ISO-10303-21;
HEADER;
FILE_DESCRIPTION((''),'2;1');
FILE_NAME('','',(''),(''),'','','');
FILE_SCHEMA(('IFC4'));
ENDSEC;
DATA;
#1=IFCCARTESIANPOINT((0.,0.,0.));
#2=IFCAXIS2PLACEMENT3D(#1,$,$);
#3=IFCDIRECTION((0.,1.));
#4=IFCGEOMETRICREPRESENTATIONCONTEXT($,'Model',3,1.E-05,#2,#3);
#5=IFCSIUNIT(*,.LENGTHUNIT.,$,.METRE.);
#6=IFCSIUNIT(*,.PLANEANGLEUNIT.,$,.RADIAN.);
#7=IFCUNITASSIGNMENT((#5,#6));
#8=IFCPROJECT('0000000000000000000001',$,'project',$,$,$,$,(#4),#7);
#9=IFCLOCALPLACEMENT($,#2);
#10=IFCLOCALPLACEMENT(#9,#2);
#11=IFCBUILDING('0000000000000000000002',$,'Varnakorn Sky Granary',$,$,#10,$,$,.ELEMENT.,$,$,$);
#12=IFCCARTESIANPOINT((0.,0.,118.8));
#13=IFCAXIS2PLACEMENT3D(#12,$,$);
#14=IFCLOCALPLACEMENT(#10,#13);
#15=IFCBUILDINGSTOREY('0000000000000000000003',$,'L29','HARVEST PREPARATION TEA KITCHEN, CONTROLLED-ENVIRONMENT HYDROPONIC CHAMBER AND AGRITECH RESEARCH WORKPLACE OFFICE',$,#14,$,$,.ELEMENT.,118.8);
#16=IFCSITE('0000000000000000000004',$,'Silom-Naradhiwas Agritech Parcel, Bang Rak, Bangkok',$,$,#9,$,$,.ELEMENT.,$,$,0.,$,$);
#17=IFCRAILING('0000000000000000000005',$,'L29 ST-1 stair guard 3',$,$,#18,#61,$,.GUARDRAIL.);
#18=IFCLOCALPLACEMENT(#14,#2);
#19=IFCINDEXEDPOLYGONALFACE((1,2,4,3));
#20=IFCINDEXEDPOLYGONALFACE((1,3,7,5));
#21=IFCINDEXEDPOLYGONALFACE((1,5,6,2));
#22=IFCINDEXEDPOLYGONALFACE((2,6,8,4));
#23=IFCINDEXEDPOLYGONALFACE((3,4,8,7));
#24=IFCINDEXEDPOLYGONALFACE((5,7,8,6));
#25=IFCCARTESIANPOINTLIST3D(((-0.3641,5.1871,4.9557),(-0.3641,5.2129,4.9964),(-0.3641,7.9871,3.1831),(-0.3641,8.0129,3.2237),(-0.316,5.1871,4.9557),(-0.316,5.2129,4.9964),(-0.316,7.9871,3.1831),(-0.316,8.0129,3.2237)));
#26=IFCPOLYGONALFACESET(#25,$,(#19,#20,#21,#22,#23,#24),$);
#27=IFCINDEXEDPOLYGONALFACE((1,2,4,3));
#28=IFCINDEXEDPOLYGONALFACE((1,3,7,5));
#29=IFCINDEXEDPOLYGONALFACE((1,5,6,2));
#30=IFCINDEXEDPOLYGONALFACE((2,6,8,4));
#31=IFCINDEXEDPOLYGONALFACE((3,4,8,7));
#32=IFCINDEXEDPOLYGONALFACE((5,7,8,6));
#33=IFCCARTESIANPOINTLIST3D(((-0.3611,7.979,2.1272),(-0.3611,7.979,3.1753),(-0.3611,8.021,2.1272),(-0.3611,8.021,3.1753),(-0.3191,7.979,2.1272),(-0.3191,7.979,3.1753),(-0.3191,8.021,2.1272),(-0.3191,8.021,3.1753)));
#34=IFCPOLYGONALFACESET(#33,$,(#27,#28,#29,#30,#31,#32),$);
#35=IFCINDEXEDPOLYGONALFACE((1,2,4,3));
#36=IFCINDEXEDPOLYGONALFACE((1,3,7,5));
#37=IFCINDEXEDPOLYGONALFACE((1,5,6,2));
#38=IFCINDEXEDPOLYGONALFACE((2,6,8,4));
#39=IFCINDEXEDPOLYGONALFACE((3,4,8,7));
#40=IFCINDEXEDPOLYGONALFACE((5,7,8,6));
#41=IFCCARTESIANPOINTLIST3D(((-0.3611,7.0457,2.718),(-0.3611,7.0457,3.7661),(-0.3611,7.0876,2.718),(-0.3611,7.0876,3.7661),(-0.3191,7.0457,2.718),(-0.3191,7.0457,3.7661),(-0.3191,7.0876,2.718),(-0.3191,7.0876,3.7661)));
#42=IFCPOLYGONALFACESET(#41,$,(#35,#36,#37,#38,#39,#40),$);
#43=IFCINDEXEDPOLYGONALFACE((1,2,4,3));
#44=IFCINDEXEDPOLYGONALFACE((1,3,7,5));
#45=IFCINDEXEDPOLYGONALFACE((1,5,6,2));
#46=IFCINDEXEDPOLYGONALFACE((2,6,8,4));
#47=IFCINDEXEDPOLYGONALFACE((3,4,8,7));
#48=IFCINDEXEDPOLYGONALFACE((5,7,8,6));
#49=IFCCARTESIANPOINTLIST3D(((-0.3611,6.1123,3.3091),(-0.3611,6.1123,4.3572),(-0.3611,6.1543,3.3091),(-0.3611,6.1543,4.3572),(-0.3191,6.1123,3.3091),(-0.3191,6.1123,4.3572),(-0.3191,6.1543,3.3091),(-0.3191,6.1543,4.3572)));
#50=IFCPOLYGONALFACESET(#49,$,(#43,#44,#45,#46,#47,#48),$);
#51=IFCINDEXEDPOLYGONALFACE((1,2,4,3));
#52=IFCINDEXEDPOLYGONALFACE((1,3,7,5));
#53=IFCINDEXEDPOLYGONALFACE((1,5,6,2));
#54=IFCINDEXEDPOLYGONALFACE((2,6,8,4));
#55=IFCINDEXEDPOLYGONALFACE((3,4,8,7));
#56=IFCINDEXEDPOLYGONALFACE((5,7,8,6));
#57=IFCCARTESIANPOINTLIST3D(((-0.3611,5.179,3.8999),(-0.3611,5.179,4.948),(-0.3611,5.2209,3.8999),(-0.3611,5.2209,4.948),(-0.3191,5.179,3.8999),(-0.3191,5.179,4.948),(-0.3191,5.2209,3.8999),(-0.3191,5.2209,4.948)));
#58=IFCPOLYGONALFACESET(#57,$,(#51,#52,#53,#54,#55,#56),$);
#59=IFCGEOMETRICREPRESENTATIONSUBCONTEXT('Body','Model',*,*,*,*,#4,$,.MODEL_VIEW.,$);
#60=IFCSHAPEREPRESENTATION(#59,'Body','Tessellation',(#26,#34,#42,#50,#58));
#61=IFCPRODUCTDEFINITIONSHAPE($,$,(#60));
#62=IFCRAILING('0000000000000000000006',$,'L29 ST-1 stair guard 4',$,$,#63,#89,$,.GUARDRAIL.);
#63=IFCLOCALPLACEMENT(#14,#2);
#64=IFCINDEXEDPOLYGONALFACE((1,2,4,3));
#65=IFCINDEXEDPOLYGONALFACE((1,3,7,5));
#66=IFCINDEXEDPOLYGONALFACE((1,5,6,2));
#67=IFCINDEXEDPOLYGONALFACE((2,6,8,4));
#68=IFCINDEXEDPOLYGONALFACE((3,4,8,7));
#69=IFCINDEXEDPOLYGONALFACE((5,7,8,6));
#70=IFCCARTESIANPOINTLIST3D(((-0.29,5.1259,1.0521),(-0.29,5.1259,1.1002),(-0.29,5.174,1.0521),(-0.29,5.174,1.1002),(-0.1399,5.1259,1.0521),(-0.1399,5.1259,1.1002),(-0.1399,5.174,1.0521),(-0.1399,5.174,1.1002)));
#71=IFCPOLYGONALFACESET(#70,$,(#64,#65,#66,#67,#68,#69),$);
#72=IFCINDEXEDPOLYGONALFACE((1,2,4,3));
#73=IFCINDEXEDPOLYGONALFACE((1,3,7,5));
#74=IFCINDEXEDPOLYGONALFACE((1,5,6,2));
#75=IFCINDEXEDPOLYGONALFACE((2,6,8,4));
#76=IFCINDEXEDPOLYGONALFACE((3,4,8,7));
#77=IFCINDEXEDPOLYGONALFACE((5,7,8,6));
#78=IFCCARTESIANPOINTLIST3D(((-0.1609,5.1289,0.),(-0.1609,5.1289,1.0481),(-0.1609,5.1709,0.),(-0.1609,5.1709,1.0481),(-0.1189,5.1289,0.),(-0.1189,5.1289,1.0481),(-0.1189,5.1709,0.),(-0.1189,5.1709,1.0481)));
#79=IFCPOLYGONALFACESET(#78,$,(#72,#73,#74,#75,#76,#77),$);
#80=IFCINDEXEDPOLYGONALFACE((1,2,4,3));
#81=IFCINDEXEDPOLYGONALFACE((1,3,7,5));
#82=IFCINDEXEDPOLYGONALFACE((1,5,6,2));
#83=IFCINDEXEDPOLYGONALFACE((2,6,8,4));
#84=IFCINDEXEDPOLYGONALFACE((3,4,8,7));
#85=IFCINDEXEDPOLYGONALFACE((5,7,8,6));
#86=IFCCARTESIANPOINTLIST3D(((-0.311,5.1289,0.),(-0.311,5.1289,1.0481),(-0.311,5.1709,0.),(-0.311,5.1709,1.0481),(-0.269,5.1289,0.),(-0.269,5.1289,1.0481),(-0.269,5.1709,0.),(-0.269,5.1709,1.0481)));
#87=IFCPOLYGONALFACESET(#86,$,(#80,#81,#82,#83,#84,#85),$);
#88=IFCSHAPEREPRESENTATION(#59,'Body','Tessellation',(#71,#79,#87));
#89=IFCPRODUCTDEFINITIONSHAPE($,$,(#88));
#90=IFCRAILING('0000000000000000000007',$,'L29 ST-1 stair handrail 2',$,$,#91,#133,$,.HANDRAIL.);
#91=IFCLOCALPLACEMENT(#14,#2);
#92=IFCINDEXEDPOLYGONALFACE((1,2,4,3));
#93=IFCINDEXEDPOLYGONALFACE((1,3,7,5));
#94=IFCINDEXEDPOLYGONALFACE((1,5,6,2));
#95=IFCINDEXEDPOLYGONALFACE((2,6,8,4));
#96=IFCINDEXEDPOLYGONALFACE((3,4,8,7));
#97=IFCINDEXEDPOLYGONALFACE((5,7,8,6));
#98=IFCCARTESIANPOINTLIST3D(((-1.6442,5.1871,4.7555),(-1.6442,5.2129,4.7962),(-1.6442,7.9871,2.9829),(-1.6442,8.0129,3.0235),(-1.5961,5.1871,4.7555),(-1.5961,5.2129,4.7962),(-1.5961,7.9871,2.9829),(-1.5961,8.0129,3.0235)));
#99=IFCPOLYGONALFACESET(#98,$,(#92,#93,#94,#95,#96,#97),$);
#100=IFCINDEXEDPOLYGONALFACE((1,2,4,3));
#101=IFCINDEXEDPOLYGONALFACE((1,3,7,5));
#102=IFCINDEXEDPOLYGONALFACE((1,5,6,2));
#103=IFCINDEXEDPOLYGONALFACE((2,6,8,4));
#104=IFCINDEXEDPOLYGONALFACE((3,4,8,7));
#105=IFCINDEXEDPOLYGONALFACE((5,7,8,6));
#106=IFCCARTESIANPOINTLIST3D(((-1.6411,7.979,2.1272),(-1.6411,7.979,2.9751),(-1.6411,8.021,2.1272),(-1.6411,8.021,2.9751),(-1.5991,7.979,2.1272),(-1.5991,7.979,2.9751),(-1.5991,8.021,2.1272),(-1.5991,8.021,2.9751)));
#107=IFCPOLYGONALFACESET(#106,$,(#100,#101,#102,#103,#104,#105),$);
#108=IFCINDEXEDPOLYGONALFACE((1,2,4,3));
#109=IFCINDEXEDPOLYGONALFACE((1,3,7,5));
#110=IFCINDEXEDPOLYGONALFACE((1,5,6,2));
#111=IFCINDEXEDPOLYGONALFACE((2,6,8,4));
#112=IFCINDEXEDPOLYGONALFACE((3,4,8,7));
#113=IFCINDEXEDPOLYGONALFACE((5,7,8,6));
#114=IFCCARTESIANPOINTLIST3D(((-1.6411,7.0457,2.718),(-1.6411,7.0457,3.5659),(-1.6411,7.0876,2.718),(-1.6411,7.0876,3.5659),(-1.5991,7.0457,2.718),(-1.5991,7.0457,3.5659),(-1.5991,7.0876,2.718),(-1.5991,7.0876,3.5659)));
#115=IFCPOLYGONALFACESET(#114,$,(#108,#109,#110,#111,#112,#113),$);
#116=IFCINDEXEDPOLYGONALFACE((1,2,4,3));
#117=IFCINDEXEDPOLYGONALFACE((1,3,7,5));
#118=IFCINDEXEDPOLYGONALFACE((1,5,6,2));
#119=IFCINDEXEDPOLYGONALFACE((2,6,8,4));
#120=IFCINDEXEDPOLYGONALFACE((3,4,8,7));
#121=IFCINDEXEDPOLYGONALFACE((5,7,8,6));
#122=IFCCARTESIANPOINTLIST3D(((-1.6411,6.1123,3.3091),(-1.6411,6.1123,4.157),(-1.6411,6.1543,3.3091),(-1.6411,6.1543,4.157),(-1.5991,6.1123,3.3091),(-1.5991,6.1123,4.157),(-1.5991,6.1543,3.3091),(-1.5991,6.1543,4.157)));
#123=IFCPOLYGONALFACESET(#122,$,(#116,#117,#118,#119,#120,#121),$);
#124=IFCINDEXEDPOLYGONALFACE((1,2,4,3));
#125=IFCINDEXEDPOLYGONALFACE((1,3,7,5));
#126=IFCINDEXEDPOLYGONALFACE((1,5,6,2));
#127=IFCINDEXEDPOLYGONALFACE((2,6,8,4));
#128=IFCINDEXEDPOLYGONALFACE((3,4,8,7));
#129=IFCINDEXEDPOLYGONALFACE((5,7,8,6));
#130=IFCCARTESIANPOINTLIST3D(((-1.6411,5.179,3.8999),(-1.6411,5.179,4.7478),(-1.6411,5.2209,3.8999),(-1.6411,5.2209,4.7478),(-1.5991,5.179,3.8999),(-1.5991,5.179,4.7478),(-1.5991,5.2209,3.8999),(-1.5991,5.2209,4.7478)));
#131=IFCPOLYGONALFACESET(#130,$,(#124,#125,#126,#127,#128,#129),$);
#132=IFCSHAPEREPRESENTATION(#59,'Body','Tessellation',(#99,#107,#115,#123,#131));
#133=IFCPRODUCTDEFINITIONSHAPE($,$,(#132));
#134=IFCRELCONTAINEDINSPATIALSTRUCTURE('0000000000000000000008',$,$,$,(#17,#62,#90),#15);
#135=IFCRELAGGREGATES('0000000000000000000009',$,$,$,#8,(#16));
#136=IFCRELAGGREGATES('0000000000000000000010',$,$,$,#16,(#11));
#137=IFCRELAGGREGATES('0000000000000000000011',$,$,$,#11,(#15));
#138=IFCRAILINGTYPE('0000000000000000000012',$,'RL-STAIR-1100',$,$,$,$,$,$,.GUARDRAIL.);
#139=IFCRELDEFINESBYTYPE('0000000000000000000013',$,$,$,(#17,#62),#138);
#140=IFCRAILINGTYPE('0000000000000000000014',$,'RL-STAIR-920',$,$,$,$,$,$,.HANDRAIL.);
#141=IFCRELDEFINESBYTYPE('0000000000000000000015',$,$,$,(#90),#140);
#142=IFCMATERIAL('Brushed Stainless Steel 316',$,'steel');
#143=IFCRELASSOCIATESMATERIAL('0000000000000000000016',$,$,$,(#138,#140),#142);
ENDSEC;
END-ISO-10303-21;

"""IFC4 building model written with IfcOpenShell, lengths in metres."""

from ifc_helpers import new_model, si_unit, direction, frame, origin, origin_2d, place, context, subcontext, project, spatial, rectangle, extrude, material, type_object, element, save


model = new_model("IFC4")

# Units and contexts
model_context = context("Model", 3, precision=1e-05, world=origin(), true_north=direction((0.0, 1.0)))
body_context = subcontext(model_context, "Body", "Model", "MODEL_VIEW")
ifc_project = project(units=[si_unit("LENGTHUNIT", "METRE"), si_unit("PLANEANGLEUNIT", "RADIAN")], contexts=[model_context])

# Site, building, storey
site_placement = place(None, origin())
site = spatial("IfcSite", under=ifc_project, at=site_placement, Name="Silom-Naradhiwas Agritech Parcel, Bang Rak, Bangkok", CompositionType="ELEMENT", RefElevation=0.0)
building_placement = place(site_placement, origin())
building = spatial("IfcBuilding", under=site, at=building_placement, Name="Varnakorn Sky Granary", CompositionType="ELEMENT")
storey_placement = place(building_placement, frame((0.0, 0.0, 118.8)))
storey = spatial("IfcBuildingStorey", under=building, at=storey_placement, Name="L29", Description="HARVEST PREPARATION TEA KITCHEN, CONTROLLED-ENVIRONMENT HYDROPONIC CHAMBER AND AGRITECH RESEARCH WORKPLACE OFFICE", CompositionType="ELEMENT", Elevation=118.8)

# Railings
ifc_material_1 = material(Name="Brushed Stainless Steel 316", Category="steel")
railing_type_1 = type_object("IfcRailingType", Name="RL-STAIR-1100", PredefinedType="GUARDRAIL", material=ifc_material_1)
railing_1_placement = place(storey_placement, frame((-0.3401, 8.0, 2.1272)))
element("IfcRailing", 1, at=railing_1_placement, inside=storey, type_object=railing_type_1, Name="L29 ST-1 stair guard 3", PredefinedType="GUARDRAIL", context=body_context, shape_type="SweptSolid", body=[
    extrude(rectangle(XDim=0.0481, YDim=0.0481, at=origin_2d()), frame((0.0, 0.0, 1.0762), z_axis=(0.0, -0.844909, 0.53491), x_axis=(1.0, 0.0, 0.0)), (0.0, 0.0, 1.0), 3.314),
    extrude(rectangle(XDim=0.042, YDim=0.042, at=origin_2d()), origin(), (0.0, 0.0, 1.0), 1.0481),
    extrude(rectangle(XDim=0.042, YDim=0.042, at=origin_2d()), frame((0.0, -0.9333, 0.5908)), (0.0, 0.0, 1.0), 1.0481),
    extrude(rectangle(XDim=0.042, YDim=0.042, at=origin_2d()), frame((0.0, -1.8667, 1.1819)), (0.0, 0.0, 1.0), 1.0481),
    extrude(rectangle(XDim=0.042, YDim=0.042, at=origin_2d()), frame((0.0, -2.8, 1.7727)), (0.0, 0.0, 1.0), 1.0481),
])
railing_2_placement = place(storey_placement, frame((-0.1399, 5.1499, 0.0)))
element("IfcRailing", 2, at=railing_2_placement, inside=storey, type_object=railing_type_1, Name="L29 ST-1 stair guard 4", PredefinedType="GUARDRAIL", context=body_context, shape_type="SweptSolid", body=[
    extrude(rectangle(XDim=0.0481, YDim=0.0481, at=origin_2d()), frame((0.0, 0.0, 1.0762), z_axis=(-1.0, 0.0, 0.0), x_axis=(0.0, -1.0, 0.0)), (0.0, 0.0, 1.0), 0.1501),
    extrude(rectangle(XDim=0.042, YDim=0.042, at=origin_2d()), origin(), (0.0, 0.0, 1.0), 1.0481),
    extrude(rectangle(XDim=0.042, YDim=0.042, at=origin_2d()), frame((-0.1501, 0.0, 0.0)), (0.0, 0.0, 1.0), 1.0481),
])
railing_type_2 = type_object("IfcRailingType", Name="RL-STAIR-920", PredefinedType="HANDRAIL", material=ifc_material_1)
railing_3_placement = place(storey_placement, frame((-1.6201, 8.0, 2.1272)))
element("IfcRailing", 3, at=railing_3_placement, inside=storey, type_object=railing_type_2, Name="L29 ST-1 stair handrail 2", PredefinedType="HANDRAIL", context=body_context, shape_type="SweptSolid", body=[
    extrude(rectangle(XDim=0.0481, YDim=0.0481, at=origin_2d()), frame((0.0, 0.0, 0.876), z_axis=(0.0, -0.844909, 0.53491), x_axis=(1.0, 0.0, 0.0)), (0.0, 0.0, 1.0), 3.314),
    extrude(rectangle(XDim=0.042, YDim=0.042, at=origin_2d()), origin(), (0.0, 0.0, 1.0), 0.8479),
    extrude(rectangle(XDim=0.042, YDim=0.042, at=origin_2d()), frame((0.0, -0.9333, 0.5908)), (0.0, 0.0, 1.0), 0.8479),
    extrude(rectangle(XDim=0.042, YDim=0.042, at=origin_2d()), frame((0.0, -1.8667, 1.1819)), (0.0, 0.0, 1.0), 0.8479),
    extrude(rectangle(XDim=0.042, YDim=0.042, at=origin_2d()), frame((0.0, -2.8, 1.7727)), (0.0, 0.0, 1.0), 0.8479),
])

save(model, "model.ifc")
